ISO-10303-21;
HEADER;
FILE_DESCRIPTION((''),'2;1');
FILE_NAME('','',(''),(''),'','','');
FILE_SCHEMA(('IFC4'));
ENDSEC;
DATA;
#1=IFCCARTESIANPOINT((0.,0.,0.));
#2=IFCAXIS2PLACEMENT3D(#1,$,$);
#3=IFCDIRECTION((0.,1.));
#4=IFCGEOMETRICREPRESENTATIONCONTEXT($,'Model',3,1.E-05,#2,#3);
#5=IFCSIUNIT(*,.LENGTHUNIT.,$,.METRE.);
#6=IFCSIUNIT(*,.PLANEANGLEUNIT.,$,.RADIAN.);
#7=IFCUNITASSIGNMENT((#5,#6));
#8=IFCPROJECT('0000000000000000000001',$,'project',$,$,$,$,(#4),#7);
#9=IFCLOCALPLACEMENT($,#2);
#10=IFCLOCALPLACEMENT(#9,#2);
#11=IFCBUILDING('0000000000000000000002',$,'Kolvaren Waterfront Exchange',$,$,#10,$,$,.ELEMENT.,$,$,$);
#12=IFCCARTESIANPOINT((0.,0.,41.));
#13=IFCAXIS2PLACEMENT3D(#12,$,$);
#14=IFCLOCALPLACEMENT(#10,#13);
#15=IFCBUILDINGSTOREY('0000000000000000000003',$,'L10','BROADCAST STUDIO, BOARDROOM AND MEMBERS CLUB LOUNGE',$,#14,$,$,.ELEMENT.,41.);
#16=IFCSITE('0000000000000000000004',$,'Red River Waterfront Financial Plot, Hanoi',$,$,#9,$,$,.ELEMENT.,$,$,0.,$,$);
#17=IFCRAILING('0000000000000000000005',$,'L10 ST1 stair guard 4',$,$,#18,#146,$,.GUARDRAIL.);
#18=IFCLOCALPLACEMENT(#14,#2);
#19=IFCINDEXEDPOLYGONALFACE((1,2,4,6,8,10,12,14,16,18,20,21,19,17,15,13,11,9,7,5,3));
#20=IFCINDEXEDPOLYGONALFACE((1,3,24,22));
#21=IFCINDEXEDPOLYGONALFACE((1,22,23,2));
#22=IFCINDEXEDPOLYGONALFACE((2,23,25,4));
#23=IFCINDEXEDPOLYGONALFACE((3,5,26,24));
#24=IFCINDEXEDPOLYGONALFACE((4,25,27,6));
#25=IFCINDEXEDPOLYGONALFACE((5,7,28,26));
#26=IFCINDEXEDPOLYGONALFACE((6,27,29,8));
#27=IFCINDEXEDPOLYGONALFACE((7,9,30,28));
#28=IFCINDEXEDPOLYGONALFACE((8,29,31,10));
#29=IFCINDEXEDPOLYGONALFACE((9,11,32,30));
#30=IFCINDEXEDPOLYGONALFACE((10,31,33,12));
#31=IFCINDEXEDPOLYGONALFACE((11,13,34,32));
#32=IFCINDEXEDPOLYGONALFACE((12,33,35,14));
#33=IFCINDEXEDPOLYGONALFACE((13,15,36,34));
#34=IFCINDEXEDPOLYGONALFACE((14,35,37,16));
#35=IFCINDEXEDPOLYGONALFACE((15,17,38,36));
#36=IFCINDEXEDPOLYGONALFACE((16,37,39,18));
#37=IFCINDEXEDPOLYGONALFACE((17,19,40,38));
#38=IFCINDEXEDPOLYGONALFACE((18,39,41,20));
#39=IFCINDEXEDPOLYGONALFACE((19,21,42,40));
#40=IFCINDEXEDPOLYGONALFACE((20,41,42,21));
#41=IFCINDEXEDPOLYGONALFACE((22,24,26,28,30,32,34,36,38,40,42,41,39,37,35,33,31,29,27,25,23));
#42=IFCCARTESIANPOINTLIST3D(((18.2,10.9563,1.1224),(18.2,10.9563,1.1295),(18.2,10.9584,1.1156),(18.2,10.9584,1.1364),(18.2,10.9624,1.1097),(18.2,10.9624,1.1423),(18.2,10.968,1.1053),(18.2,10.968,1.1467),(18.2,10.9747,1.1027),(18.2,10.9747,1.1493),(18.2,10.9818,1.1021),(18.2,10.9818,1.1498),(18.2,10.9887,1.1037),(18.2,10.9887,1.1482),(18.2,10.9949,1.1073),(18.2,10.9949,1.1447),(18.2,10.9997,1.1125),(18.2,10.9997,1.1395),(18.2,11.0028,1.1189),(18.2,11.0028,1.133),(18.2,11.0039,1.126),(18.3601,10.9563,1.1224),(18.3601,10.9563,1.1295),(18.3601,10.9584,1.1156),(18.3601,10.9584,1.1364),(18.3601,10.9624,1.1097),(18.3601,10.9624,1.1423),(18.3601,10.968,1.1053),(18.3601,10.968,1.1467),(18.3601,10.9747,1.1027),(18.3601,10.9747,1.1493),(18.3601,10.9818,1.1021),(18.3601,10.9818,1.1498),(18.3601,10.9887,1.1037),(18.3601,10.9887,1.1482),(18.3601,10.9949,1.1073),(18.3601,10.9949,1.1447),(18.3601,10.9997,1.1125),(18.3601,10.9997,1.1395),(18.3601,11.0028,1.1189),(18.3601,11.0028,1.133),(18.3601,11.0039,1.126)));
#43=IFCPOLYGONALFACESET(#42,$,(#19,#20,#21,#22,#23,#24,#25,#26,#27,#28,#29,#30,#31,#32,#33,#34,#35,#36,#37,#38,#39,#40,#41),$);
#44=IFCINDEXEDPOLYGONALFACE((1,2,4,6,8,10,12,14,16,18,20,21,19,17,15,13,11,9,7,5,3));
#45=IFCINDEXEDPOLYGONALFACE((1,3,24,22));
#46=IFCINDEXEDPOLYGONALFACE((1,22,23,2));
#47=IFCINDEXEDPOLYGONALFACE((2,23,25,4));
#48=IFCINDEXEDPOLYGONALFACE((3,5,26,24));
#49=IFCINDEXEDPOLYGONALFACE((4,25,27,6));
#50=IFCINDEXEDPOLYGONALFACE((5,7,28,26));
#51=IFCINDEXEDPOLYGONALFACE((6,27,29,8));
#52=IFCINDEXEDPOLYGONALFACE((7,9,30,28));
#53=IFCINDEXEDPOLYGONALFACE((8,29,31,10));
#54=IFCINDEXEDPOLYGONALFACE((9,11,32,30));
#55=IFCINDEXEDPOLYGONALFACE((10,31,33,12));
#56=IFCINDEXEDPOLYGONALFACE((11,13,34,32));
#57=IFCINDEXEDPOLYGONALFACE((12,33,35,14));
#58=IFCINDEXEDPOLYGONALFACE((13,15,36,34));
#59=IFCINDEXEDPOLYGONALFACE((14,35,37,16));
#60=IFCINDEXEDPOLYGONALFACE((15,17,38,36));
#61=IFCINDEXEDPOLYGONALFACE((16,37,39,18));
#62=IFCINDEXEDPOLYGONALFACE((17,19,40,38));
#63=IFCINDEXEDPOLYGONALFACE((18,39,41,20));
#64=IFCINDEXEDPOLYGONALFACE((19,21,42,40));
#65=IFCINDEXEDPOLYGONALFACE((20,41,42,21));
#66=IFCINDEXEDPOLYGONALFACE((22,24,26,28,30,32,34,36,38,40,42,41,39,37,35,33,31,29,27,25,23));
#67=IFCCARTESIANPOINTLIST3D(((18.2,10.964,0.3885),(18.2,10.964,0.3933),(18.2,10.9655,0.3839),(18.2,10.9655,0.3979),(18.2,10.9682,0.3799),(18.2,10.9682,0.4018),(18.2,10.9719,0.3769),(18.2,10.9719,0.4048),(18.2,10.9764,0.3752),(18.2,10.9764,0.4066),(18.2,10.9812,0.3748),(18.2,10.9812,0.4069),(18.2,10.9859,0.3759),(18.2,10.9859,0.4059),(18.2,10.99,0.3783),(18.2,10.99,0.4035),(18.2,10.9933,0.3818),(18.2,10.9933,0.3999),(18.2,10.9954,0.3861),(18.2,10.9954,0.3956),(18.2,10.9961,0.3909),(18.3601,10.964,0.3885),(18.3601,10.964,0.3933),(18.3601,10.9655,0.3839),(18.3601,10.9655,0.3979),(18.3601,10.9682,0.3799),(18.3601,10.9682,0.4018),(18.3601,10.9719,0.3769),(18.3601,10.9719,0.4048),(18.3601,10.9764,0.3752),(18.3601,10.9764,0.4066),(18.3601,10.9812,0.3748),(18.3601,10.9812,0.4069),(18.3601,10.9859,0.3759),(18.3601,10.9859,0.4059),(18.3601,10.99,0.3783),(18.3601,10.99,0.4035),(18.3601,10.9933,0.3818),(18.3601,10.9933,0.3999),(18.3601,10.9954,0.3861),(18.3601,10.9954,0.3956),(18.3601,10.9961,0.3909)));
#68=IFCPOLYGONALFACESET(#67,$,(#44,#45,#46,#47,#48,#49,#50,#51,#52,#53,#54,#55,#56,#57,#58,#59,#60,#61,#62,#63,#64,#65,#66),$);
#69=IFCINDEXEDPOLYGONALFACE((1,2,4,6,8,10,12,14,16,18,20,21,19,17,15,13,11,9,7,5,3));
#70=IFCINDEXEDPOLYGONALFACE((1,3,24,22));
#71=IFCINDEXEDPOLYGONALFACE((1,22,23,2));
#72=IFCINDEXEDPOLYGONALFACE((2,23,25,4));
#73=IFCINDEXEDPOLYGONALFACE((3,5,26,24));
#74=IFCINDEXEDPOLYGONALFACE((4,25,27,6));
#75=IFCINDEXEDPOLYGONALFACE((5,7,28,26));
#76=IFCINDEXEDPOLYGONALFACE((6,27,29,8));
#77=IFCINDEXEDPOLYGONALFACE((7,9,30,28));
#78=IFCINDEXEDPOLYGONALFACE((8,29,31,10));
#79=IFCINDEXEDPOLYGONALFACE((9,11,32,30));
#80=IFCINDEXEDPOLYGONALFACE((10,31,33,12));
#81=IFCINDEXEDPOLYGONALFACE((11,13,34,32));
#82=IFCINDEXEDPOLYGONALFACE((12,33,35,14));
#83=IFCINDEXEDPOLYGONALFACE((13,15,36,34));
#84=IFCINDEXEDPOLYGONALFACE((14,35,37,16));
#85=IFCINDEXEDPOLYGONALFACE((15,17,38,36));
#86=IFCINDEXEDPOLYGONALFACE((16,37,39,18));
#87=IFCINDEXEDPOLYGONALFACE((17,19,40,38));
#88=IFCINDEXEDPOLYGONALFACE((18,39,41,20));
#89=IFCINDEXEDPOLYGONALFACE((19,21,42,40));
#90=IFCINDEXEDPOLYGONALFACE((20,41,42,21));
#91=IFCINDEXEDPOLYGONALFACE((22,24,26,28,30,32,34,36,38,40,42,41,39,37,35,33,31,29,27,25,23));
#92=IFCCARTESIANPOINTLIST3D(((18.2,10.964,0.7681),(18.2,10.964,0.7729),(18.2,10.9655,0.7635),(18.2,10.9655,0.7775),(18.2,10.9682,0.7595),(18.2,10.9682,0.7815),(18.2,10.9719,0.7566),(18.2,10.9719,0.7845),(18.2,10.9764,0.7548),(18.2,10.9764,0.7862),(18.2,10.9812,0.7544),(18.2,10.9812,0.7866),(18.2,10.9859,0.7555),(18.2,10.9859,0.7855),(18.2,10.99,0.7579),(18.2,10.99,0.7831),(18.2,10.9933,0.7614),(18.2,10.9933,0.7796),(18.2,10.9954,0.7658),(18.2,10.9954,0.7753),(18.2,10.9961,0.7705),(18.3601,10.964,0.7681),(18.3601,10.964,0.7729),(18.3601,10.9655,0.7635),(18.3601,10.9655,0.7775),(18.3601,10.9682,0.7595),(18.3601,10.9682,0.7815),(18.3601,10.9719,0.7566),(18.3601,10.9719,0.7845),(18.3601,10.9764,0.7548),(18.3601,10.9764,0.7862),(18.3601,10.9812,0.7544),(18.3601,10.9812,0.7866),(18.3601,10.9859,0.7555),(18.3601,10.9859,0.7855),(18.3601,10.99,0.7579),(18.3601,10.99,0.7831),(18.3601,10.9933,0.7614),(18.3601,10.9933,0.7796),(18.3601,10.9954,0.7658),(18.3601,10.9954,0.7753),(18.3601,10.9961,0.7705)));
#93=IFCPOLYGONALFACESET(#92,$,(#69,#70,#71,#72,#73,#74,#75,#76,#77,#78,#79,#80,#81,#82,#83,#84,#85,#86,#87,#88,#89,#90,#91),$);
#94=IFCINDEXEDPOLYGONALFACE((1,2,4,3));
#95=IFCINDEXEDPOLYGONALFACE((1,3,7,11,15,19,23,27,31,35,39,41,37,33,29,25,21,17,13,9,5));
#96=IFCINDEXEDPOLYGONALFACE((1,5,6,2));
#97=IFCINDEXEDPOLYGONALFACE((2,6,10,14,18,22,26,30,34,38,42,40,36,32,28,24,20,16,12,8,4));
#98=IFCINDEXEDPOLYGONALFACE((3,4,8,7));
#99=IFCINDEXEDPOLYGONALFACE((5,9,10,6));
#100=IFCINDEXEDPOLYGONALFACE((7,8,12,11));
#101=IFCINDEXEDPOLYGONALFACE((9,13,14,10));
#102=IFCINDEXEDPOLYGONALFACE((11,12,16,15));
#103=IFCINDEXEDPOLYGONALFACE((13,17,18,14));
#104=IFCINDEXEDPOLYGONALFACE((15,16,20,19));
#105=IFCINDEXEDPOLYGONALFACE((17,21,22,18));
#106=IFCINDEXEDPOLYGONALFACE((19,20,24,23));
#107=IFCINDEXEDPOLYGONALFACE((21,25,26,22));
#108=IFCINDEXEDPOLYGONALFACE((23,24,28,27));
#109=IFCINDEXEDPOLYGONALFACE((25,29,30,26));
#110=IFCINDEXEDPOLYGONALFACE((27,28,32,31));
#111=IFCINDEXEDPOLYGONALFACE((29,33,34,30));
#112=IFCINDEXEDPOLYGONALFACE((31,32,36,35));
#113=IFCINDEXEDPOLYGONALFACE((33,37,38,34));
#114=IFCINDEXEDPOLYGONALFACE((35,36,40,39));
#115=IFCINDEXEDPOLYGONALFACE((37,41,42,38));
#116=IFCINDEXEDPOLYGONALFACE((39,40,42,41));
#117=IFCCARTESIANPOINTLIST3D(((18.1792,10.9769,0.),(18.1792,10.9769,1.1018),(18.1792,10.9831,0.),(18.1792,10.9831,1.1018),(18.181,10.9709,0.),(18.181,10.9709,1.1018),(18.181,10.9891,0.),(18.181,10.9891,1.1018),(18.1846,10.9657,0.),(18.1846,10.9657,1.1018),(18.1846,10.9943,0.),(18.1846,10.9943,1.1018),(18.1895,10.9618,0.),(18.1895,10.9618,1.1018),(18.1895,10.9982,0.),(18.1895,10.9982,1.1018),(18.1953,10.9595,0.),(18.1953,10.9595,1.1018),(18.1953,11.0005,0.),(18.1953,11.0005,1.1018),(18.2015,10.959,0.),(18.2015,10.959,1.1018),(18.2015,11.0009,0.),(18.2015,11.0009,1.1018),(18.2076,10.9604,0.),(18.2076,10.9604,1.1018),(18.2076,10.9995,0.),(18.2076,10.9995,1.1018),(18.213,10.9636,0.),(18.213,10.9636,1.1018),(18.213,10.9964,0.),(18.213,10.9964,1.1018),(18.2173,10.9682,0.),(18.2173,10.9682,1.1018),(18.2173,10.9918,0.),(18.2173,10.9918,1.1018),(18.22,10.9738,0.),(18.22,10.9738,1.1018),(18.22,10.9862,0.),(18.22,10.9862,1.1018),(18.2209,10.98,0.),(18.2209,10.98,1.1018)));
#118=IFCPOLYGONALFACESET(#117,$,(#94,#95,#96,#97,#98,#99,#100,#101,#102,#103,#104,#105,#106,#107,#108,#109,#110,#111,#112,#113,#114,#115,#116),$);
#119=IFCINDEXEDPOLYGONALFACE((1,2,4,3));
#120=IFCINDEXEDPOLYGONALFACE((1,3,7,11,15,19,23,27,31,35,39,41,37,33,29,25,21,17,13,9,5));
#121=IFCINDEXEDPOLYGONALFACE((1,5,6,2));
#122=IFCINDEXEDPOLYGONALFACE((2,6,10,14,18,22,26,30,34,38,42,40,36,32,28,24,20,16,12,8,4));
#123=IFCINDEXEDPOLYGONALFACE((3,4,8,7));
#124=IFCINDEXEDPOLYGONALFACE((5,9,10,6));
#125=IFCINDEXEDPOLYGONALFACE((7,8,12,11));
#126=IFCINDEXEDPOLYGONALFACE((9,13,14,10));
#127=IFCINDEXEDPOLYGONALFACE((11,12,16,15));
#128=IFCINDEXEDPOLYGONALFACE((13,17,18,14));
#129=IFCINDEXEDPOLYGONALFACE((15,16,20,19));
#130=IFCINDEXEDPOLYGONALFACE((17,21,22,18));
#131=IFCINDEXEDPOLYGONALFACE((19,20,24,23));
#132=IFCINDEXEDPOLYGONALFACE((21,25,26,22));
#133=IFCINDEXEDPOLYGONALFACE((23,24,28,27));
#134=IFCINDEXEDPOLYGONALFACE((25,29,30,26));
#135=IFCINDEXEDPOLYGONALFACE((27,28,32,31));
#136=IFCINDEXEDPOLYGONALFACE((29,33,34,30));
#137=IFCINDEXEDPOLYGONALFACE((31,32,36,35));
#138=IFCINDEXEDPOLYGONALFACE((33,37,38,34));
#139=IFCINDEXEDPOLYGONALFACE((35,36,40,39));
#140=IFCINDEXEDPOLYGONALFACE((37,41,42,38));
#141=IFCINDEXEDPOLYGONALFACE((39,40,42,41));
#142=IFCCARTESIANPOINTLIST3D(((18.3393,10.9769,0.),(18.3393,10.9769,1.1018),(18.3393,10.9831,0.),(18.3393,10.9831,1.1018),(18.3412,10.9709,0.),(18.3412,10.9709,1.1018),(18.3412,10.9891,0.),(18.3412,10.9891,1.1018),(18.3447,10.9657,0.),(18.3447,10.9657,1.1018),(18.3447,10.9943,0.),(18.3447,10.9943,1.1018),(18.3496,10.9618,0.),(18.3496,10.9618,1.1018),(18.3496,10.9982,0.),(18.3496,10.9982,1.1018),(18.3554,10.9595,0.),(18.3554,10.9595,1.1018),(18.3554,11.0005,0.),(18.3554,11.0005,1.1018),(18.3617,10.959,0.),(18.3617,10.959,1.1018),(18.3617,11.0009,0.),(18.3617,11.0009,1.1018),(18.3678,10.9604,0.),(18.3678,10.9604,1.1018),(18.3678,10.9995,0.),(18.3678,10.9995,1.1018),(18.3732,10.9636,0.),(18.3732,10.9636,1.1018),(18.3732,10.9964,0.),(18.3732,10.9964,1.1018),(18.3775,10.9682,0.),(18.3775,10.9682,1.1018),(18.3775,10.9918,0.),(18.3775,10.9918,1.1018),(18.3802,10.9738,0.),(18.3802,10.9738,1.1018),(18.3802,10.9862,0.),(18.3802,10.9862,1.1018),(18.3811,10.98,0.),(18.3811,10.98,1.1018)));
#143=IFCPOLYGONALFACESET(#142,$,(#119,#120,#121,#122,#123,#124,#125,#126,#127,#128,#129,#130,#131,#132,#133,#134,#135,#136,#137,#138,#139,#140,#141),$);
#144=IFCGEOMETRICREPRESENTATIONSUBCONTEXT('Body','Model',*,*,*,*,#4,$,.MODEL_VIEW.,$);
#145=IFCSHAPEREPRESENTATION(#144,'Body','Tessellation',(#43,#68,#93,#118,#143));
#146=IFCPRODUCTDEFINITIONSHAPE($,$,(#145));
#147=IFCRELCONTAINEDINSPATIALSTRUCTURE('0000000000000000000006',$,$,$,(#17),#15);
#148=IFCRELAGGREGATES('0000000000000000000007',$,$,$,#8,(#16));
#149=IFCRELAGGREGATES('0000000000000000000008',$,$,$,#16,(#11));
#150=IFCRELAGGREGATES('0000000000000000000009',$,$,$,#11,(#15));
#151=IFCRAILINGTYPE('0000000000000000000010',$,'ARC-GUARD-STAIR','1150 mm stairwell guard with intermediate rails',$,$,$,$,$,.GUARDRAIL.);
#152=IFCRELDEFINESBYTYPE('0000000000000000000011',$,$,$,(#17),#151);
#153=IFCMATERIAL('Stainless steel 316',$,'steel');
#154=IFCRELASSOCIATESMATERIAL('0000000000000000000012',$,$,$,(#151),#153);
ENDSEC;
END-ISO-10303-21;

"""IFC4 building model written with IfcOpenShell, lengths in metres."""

from ifc_helpers import new_model, si_unit, direction, frame, origin, origin_2d, place, context, subcontext, project, spatial, circle, extrude, material, type_object, element, save


model = new_model("IFC4")

# Units and contexts
model_context = context("Model", 3, precision=1e-05, world=origin(), true_north=direction((0.0, 1.0)))
body_context = subcontext(model_context, "Body", "Model", "MODEL_VIEW")
ifc_project = project(units=[si_unit("LENGTHUNIT", "METRE"), si_unit("PLANEANGLEUNIT", "RADIAN")], contexts=[model_context])

# Site, building, storey
site_placement = place(None, origin())
site = spatial("IfcSite", under=ifc_project, at=site_placement, Name="Red River Waterfront Financial Plot, Hanoi", CompositionType="ELEMENT", RefElevation=0.0)
building_placement = place(site_placement, origin())
building = spatial("IfcBuilding", under=site, at=building_placement, Name="Kolvaren Waterfront Exchange", CompositionType="ELEMENT")
storey_placement = place(building_placement, frame((0.0, 0.0, 41.0)))
storey = spatial("IfcBuildingStorey", under=building, at=storey_placement, Name="L10", Description="BROADCAST STUDIO, BOARDROOM AND MEMBERS CLUB LOUNGE", CompositionType="ELEMENT", Elevation=41.0)

# Railing
ifc_material_1 = material(Name="Stainless steel 316", Category="steel")
railing_type_1 = type_object("IfcRailingType", Name="ARC-GUARD-STAIR", Description="1150 mm stairwell guard with intermediate rails", PredefinedType="GUARDRAIL", material=ifc_material_1)
railing_1_placement = place(storey_placement, frame((18.2, 10.98, 0.0)))
element("IfcRailing", 1, at=railing_1_placement, inside=storey, type_object=railing_type_1, Name="L10 ST1 stair guard 4", PredefinedType="GUARDRAIL", context=body_context, shape_type="SweptSolid", body=[
    extrude(circle(Radius=0.0239, at=origin_2d()), frame((0.0, 0.0, 1.126), z_axis=(1.0, 0.0, 0.0), x_axis=(0.0, 1.0, 0.0)), (0.0, 0.0, 1.0), 0.1602),
    extrude(circle(Radius=0.0161, at=origin_2d()), frame((0.0, 0.0, 0.3909), z_axis=(1.0, 0.0, 0.0), x_axis=(0.0, 1.0, 0.0)), (0.0, 0.0, 1.0), 0.1602),
    extrude(circle(Radius=0.0161, at=origin_2d()), frame((0.0, 0.0, 0.7705), z_axis=(1.0, 0.0, 0.0), x_axis=(0.0, 1.0, 0.0)), (0.0, 0.0, 1.0), 0.1602),
    extrude(circle(Radius=0.021, at=origin_2d()), origin(), (0.0, 0.0, 1.0), 1.1018),
    extrude(circle(Radius=0.021, at=origin_2d()), frame((0.1602, 0.0, 0.0)), (0.0, 0.0, 1.0), 1.1018),
])

save(model, "model.ifc")
